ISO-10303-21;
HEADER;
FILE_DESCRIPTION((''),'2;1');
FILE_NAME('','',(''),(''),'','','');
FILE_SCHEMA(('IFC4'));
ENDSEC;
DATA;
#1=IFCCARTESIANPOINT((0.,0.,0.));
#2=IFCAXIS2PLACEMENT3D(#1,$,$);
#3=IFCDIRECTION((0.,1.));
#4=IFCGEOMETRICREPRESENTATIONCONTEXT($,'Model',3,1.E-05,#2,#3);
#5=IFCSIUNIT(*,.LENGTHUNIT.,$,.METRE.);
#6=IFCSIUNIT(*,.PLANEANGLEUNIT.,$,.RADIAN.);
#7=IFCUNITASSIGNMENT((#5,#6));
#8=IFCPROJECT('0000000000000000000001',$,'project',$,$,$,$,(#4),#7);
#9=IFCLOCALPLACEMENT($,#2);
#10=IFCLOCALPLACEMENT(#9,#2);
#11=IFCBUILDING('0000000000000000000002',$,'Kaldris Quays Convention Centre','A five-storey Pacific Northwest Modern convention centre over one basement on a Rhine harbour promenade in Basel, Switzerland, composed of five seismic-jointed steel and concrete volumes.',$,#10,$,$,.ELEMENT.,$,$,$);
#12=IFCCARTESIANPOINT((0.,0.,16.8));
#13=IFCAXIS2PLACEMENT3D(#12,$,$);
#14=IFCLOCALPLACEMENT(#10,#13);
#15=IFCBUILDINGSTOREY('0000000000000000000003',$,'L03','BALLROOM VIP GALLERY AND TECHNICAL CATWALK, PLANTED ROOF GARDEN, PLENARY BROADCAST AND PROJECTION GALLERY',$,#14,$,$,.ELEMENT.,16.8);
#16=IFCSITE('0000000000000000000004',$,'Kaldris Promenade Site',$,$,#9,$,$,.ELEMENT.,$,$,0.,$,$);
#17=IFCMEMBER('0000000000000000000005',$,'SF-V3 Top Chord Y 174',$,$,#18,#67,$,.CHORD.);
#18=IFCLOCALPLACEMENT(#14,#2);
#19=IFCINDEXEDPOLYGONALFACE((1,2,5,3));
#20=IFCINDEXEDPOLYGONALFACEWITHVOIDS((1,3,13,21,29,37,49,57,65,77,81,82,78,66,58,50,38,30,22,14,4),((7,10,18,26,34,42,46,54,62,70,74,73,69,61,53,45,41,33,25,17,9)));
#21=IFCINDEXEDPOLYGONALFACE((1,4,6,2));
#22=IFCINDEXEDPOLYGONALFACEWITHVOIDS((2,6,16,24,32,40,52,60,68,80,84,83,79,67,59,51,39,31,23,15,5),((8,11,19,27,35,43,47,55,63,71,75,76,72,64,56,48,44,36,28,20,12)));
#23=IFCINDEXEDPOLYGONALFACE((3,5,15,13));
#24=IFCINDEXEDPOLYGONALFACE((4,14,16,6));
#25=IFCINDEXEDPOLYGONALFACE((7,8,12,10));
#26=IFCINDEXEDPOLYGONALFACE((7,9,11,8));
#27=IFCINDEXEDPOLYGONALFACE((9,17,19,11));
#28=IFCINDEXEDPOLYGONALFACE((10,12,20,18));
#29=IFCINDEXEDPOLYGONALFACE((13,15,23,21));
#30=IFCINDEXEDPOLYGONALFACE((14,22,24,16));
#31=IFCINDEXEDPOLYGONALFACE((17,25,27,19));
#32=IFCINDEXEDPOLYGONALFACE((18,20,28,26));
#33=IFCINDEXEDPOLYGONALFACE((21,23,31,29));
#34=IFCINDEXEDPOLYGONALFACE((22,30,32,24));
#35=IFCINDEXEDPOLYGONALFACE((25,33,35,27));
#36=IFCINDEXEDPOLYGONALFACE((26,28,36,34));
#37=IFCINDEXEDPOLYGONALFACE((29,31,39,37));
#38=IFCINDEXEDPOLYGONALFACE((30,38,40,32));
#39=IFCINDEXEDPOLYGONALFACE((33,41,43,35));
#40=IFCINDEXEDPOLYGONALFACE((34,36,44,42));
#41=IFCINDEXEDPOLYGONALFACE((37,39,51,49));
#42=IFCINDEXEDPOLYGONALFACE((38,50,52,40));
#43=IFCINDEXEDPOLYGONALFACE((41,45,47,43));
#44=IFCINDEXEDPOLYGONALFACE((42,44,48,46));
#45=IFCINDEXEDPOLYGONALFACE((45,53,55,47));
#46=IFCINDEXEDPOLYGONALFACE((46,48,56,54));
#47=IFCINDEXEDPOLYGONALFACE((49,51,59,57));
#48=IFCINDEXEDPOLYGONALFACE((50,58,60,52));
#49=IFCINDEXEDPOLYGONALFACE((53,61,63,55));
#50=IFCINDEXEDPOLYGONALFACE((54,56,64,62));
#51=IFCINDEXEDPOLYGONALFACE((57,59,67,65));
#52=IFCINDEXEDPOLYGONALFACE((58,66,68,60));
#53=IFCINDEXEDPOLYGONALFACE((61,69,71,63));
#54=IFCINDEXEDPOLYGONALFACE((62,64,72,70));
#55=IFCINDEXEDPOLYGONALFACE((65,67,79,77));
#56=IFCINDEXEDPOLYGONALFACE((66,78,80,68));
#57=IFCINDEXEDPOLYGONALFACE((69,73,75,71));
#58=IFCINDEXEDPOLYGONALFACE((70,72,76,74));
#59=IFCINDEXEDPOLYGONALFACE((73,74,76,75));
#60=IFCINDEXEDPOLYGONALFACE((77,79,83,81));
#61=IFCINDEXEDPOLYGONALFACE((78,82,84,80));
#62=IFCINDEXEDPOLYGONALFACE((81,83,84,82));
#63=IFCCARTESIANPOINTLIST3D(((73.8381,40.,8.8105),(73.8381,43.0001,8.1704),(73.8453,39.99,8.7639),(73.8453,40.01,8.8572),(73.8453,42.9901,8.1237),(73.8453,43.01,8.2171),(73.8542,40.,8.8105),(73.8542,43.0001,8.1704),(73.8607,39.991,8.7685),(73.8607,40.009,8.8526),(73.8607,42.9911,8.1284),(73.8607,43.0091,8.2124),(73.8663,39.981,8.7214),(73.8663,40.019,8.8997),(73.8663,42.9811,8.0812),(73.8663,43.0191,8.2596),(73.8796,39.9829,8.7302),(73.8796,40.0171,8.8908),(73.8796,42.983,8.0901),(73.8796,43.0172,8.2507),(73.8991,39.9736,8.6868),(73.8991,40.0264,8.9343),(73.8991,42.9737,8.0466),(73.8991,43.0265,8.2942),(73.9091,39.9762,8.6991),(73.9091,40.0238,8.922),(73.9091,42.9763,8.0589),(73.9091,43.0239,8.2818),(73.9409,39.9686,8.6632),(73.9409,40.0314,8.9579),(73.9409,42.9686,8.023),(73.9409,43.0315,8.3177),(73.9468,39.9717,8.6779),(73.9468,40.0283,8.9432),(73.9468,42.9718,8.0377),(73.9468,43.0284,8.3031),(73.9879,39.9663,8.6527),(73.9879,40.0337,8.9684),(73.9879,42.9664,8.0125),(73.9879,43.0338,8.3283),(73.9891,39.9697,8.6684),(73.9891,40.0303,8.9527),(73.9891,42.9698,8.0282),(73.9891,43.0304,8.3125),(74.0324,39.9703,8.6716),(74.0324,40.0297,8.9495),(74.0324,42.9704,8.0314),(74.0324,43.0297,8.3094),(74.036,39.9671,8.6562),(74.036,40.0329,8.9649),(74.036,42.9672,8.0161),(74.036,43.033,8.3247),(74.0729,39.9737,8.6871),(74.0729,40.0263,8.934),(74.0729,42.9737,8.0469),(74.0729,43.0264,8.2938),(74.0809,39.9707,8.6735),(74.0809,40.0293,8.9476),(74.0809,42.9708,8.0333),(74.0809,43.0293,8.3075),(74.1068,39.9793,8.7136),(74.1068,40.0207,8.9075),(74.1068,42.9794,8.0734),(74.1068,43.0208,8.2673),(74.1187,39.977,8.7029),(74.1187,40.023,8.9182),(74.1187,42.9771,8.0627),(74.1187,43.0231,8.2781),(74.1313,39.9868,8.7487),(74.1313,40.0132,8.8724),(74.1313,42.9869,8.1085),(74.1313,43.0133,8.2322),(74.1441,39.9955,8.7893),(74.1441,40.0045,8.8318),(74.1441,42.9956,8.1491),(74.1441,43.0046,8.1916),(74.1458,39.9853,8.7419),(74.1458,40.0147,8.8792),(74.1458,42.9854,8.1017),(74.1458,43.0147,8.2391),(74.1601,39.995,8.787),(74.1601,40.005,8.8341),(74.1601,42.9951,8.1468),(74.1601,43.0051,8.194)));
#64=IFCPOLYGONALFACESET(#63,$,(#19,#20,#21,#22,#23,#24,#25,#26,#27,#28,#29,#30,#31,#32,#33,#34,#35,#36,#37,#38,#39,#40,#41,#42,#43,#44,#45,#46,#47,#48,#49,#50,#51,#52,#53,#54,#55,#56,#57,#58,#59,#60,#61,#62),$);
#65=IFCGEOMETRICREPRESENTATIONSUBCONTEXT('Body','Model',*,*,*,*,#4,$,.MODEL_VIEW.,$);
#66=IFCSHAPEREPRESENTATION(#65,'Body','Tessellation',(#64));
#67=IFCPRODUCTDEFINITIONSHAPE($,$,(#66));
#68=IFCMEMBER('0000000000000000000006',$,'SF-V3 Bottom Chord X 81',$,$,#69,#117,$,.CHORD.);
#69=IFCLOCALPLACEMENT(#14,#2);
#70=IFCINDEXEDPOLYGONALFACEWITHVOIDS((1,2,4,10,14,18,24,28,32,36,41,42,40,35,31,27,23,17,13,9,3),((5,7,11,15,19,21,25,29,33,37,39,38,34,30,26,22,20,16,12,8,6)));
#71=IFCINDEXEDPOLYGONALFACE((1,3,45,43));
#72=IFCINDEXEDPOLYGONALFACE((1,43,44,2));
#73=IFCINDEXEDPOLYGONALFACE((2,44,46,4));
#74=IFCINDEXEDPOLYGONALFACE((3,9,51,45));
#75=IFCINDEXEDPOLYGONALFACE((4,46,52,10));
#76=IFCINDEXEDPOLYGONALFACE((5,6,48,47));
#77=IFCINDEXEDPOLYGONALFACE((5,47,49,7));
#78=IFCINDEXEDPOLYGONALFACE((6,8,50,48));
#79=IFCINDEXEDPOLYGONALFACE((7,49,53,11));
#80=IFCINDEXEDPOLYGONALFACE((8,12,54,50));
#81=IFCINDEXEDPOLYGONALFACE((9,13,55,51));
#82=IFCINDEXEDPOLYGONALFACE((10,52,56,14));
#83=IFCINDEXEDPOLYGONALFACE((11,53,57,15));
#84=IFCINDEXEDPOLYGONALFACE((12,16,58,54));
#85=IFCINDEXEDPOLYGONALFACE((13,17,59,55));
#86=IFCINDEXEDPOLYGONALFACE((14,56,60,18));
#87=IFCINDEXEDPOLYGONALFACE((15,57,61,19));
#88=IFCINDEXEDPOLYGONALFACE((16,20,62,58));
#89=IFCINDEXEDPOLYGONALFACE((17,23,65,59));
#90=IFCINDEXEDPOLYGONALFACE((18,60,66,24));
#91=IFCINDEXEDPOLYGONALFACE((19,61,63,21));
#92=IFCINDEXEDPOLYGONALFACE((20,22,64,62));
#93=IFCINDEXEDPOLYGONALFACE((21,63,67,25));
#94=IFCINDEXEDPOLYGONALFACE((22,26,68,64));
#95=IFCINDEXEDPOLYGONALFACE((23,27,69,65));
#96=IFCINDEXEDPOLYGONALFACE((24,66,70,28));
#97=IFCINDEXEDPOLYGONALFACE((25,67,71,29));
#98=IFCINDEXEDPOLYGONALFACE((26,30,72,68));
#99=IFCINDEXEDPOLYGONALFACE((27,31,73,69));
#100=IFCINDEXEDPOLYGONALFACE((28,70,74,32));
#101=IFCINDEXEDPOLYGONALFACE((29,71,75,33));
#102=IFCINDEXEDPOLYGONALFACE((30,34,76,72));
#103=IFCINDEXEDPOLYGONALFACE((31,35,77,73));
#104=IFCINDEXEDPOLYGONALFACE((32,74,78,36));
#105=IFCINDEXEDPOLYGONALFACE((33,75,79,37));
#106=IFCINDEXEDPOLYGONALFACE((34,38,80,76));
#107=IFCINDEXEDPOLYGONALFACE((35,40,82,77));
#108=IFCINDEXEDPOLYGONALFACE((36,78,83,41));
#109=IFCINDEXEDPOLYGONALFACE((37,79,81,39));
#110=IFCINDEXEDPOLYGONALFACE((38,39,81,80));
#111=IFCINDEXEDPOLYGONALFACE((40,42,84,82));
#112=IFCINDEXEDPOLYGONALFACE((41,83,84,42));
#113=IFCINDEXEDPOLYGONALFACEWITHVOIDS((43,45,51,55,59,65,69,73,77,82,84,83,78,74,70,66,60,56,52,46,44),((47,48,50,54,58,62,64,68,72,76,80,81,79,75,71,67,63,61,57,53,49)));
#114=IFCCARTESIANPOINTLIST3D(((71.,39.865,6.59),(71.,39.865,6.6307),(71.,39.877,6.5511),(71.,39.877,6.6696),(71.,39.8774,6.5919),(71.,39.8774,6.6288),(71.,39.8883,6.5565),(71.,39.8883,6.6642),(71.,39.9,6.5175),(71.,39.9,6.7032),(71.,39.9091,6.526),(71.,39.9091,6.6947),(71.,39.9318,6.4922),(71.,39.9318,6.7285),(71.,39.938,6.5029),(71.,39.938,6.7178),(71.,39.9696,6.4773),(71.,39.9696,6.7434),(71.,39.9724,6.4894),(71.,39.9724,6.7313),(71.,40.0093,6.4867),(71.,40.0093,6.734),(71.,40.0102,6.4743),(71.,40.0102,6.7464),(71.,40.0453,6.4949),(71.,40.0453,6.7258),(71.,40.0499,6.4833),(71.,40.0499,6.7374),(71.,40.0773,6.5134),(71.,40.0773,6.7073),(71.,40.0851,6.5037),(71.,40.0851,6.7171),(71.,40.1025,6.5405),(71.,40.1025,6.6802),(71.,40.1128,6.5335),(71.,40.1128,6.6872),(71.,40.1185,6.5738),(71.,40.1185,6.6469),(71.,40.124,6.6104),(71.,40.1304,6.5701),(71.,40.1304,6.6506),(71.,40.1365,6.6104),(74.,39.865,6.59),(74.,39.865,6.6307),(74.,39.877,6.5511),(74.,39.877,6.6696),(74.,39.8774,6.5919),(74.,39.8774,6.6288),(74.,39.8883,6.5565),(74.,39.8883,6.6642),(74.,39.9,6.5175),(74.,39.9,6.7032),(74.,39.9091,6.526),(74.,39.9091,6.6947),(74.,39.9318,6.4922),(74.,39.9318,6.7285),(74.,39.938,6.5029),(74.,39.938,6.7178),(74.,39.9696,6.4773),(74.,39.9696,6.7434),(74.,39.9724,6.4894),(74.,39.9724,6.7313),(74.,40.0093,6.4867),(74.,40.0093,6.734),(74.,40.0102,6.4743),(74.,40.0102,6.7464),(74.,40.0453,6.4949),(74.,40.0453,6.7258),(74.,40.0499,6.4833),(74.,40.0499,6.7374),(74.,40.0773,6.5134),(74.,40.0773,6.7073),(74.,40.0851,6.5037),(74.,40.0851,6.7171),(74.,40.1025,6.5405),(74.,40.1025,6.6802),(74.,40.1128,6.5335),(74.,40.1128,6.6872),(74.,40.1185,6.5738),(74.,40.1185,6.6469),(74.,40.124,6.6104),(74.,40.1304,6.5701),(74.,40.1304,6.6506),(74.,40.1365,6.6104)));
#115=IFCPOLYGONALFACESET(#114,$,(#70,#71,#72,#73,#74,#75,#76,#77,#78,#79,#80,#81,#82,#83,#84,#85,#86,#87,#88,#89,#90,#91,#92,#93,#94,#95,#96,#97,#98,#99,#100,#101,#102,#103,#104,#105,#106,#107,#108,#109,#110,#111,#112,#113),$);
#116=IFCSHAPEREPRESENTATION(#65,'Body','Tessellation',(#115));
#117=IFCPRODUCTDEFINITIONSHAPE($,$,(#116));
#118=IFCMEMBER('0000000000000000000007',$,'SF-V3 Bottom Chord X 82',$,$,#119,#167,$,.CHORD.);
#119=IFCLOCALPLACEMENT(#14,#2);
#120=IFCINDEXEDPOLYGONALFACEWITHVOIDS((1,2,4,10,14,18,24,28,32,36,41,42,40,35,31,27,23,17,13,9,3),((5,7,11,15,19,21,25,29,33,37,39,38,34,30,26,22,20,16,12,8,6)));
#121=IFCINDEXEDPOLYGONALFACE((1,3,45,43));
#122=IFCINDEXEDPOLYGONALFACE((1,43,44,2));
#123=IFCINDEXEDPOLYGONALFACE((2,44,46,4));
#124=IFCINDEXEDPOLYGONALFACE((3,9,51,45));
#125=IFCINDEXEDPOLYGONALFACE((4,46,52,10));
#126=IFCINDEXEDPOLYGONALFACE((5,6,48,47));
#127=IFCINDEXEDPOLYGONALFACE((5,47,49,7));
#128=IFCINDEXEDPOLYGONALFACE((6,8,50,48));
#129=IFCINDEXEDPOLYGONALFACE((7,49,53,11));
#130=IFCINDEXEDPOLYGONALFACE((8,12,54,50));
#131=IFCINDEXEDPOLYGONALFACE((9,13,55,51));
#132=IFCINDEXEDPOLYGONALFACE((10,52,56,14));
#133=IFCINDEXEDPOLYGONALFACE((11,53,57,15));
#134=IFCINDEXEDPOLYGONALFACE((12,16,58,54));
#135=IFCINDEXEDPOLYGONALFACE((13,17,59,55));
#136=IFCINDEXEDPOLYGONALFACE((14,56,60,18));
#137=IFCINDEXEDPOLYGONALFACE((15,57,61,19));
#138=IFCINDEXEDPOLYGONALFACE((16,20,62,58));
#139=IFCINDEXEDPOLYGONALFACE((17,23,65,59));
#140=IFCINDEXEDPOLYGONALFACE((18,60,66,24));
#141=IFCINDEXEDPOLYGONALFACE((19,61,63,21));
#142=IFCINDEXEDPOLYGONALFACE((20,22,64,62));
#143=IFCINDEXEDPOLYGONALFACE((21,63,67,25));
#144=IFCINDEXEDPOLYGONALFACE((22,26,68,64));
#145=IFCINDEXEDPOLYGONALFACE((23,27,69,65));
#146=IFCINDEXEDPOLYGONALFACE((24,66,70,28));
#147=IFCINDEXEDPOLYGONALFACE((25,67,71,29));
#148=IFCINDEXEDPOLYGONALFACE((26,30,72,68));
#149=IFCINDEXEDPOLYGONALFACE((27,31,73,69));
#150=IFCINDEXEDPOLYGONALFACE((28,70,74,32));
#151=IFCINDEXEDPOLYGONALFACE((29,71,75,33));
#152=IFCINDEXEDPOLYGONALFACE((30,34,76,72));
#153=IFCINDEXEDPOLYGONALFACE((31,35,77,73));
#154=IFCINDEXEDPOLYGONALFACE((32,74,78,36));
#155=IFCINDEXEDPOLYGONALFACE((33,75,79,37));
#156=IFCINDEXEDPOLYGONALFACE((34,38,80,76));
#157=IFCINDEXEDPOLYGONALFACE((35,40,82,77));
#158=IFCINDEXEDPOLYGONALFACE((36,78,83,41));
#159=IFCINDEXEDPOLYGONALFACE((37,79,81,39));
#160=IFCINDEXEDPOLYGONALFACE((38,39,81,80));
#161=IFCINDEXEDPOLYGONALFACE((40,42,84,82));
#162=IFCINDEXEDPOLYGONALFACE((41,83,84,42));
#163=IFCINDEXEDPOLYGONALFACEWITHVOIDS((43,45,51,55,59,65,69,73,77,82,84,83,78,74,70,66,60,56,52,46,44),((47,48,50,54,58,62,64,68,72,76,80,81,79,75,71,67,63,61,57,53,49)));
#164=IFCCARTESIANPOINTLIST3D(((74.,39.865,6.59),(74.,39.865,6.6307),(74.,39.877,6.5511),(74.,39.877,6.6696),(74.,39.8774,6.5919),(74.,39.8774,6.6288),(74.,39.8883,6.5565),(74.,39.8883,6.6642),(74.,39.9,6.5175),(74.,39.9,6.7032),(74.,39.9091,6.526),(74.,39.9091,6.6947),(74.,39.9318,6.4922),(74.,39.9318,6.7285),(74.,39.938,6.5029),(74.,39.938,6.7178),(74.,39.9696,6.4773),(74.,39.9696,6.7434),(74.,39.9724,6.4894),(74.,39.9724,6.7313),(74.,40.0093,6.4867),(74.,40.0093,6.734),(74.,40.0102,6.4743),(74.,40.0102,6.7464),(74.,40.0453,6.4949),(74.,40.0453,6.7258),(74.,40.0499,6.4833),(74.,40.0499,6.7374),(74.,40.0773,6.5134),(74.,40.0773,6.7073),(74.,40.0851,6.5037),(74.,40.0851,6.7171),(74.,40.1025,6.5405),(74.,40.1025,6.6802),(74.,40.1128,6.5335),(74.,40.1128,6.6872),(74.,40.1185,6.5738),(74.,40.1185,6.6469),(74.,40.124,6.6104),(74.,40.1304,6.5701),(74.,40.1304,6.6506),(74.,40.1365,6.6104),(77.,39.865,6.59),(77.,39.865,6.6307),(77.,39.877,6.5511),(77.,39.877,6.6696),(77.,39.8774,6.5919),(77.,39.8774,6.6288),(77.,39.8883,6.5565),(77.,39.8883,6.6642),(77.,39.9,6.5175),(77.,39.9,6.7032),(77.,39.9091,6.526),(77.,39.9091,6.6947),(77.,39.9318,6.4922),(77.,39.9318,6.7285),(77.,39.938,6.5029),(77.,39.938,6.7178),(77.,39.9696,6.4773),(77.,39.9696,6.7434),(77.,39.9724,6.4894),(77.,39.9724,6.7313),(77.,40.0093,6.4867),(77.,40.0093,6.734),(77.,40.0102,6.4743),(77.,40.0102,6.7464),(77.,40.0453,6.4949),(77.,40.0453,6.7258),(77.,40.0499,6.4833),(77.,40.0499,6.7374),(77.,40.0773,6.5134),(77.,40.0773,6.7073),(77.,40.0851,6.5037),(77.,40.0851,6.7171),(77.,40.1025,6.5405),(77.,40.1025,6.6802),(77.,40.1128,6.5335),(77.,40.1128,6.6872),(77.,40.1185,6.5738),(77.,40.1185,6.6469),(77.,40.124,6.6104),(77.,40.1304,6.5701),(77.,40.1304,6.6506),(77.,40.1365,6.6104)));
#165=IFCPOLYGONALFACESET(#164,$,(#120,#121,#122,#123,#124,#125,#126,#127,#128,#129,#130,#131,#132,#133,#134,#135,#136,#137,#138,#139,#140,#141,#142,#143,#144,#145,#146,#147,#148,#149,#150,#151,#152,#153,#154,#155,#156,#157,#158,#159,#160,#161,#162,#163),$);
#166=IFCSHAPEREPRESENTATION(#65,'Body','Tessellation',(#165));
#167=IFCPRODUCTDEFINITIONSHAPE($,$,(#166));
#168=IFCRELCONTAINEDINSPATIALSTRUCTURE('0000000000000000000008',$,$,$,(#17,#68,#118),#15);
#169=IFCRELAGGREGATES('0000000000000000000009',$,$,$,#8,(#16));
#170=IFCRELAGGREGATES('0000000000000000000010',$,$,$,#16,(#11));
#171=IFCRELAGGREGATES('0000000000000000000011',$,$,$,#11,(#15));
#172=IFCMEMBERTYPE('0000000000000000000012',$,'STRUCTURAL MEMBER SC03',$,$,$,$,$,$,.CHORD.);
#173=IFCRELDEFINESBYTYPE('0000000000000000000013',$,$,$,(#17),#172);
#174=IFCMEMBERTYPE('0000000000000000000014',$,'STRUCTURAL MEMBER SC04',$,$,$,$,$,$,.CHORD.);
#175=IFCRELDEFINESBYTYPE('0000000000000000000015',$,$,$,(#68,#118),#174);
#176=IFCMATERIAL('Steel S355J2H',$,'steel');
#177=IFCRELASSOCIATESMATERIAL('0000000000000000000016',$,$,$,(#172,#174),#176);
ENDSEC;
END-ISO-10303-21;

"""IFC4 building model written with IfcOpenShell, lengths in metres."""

from ifc_helpers import new_model, si_unit, direction, frame, origin, origin_2d, place, context, subcontext, project, spatial, hollow_circle, extrude, material, material_profile, profile_set, type_object, element, save


model = new_model("IFC4")

# Units and contexts
model_context = context("Model", 3, precision=1e-05, world=origin(), true_north=direction((0.0, 1.0)))
body_context = subcontext(model_context, "Body", "Model", "MODEL_VIEW")
ifc_project = project(units=[si_unit("LENGTHUNIT", "METRE"), si_unit("PLANEANGLEUNIT", "RADIAN")], contexts=[model_context])

# Site, building, storey
site_placement = place(None, origin())
site = spatial("IfcSite", under=ifc_project, at=site_placement, Name="Kaldris Promenade Site", CompositionType="ELEMENT", RefElevation=0.0)
building_placement = place(site_placement, origin())
building = spatial("IfcBuilding", under=site, at=building_placement, Name="Kaldris Quays Convention Centre", Description="A five-storey Pacific Northwest Modern convention centre over one basement on a Rhine harbour promenade in Basel, Switzerland, composed of five seismic-jointed steel and concrete volumes.", CompositionType="ELEMENT")
storey_placement = place(building_placement, frame((0.0, 0.0, 16.8)))
storey = spatial("IfcBuildingStorey", under=building, at=storey_placement, Name="L03", Description="BALLROOM VIP GALLERY AND TECHNICAL CATWALK, PLANTED ROOF GARDEN, PLENARY BROADCAST AND PROJECTION GALLERY", CompositionType="ELEMENT", Elevation=16.8)

# Members
ifc_material_1 = material(Name="Steel S355J2H", Category="steel")
ifc_material_profile_1 = material_profile(ifc_material_1, hollow_circle(Radius=0.1619, WallThickness=0.0161, at=origin_2d()), Name="CHS 323.9x16")
ifc_profile_set_1 = profile_set([ifc_material_profile_1], Name="Steel S355J2H")
member_type_1 = type_object("IfcMemberType", Name="STRUCTURAL MEMBER SC03", PredefinedType="CHORD", material=ifc_profile_set_1)
member_1_placement = place(storey_placement, frame((74.0, 40.0, 8.8105), z_axis=(0.0, 0.977984, -0.208681), x_axis=(-1.0, 0.0, 0.0)))
element("IfcMember", 1, at=member_1_placement, inside=storey, type_object=member_type_1, Name="SF-V3 Top Chord Y 174", PredefinedType="CHORD", context=body_context, shape_type="SweptSolid", body=[
    extrude(hollow_circle(Radius=0.1619, WallThickness=0.0161, at=origin_2d()), origin(), (0.0, 0.0, 1.0), 3.0676),
])
ifc_material_profile_2 = material_profile(ifc_material_1, hollow_circle(Radius=0.1365, WallThickness=0.0125, at=origin_2d()), Name="CHS 273x12.5")
ifc_profile_set_2 = profile_set([ifc_material_profile_2], Name="Steel S355J2H")
member_type_2 = type_object("IfcMemberType", Name="STRUCTURAL MEMBER SC04", PredefinedType="CHORD", material=ifc_profile_set_2)
for number, where, z_axis, x_axis, name in (
    (2, (71.0, 40.0, 6.6104), (1.0, 0.0, 0.0), (0.0, 1.0, 0.0), "SF-V3 Bottom Chord X 81"),
    (3, (74.0, 40.0, 6.6104), (1.0, 0.0, 0.0), (0.0, 1.0, 0.0), "SF-V3 Bottom Chord X 82"),
):
    element("IfcMember", number, at=place(storey_placement, frame(where, z_axis=z_axis, x_axis=x_axis)), inside=storey, type_object=member_type_2, Name=name, PredefinedType="CHORD", context=body_context, shape_type="SweptSolid", body=[
        extrude(hollow_circle(Radius=0.1365, WallThickness=0.0125, at=origin_2d()), origin(), (0.0, 0.0, 1.0), 3.0),
    ])

save(model, "model.ifc")
